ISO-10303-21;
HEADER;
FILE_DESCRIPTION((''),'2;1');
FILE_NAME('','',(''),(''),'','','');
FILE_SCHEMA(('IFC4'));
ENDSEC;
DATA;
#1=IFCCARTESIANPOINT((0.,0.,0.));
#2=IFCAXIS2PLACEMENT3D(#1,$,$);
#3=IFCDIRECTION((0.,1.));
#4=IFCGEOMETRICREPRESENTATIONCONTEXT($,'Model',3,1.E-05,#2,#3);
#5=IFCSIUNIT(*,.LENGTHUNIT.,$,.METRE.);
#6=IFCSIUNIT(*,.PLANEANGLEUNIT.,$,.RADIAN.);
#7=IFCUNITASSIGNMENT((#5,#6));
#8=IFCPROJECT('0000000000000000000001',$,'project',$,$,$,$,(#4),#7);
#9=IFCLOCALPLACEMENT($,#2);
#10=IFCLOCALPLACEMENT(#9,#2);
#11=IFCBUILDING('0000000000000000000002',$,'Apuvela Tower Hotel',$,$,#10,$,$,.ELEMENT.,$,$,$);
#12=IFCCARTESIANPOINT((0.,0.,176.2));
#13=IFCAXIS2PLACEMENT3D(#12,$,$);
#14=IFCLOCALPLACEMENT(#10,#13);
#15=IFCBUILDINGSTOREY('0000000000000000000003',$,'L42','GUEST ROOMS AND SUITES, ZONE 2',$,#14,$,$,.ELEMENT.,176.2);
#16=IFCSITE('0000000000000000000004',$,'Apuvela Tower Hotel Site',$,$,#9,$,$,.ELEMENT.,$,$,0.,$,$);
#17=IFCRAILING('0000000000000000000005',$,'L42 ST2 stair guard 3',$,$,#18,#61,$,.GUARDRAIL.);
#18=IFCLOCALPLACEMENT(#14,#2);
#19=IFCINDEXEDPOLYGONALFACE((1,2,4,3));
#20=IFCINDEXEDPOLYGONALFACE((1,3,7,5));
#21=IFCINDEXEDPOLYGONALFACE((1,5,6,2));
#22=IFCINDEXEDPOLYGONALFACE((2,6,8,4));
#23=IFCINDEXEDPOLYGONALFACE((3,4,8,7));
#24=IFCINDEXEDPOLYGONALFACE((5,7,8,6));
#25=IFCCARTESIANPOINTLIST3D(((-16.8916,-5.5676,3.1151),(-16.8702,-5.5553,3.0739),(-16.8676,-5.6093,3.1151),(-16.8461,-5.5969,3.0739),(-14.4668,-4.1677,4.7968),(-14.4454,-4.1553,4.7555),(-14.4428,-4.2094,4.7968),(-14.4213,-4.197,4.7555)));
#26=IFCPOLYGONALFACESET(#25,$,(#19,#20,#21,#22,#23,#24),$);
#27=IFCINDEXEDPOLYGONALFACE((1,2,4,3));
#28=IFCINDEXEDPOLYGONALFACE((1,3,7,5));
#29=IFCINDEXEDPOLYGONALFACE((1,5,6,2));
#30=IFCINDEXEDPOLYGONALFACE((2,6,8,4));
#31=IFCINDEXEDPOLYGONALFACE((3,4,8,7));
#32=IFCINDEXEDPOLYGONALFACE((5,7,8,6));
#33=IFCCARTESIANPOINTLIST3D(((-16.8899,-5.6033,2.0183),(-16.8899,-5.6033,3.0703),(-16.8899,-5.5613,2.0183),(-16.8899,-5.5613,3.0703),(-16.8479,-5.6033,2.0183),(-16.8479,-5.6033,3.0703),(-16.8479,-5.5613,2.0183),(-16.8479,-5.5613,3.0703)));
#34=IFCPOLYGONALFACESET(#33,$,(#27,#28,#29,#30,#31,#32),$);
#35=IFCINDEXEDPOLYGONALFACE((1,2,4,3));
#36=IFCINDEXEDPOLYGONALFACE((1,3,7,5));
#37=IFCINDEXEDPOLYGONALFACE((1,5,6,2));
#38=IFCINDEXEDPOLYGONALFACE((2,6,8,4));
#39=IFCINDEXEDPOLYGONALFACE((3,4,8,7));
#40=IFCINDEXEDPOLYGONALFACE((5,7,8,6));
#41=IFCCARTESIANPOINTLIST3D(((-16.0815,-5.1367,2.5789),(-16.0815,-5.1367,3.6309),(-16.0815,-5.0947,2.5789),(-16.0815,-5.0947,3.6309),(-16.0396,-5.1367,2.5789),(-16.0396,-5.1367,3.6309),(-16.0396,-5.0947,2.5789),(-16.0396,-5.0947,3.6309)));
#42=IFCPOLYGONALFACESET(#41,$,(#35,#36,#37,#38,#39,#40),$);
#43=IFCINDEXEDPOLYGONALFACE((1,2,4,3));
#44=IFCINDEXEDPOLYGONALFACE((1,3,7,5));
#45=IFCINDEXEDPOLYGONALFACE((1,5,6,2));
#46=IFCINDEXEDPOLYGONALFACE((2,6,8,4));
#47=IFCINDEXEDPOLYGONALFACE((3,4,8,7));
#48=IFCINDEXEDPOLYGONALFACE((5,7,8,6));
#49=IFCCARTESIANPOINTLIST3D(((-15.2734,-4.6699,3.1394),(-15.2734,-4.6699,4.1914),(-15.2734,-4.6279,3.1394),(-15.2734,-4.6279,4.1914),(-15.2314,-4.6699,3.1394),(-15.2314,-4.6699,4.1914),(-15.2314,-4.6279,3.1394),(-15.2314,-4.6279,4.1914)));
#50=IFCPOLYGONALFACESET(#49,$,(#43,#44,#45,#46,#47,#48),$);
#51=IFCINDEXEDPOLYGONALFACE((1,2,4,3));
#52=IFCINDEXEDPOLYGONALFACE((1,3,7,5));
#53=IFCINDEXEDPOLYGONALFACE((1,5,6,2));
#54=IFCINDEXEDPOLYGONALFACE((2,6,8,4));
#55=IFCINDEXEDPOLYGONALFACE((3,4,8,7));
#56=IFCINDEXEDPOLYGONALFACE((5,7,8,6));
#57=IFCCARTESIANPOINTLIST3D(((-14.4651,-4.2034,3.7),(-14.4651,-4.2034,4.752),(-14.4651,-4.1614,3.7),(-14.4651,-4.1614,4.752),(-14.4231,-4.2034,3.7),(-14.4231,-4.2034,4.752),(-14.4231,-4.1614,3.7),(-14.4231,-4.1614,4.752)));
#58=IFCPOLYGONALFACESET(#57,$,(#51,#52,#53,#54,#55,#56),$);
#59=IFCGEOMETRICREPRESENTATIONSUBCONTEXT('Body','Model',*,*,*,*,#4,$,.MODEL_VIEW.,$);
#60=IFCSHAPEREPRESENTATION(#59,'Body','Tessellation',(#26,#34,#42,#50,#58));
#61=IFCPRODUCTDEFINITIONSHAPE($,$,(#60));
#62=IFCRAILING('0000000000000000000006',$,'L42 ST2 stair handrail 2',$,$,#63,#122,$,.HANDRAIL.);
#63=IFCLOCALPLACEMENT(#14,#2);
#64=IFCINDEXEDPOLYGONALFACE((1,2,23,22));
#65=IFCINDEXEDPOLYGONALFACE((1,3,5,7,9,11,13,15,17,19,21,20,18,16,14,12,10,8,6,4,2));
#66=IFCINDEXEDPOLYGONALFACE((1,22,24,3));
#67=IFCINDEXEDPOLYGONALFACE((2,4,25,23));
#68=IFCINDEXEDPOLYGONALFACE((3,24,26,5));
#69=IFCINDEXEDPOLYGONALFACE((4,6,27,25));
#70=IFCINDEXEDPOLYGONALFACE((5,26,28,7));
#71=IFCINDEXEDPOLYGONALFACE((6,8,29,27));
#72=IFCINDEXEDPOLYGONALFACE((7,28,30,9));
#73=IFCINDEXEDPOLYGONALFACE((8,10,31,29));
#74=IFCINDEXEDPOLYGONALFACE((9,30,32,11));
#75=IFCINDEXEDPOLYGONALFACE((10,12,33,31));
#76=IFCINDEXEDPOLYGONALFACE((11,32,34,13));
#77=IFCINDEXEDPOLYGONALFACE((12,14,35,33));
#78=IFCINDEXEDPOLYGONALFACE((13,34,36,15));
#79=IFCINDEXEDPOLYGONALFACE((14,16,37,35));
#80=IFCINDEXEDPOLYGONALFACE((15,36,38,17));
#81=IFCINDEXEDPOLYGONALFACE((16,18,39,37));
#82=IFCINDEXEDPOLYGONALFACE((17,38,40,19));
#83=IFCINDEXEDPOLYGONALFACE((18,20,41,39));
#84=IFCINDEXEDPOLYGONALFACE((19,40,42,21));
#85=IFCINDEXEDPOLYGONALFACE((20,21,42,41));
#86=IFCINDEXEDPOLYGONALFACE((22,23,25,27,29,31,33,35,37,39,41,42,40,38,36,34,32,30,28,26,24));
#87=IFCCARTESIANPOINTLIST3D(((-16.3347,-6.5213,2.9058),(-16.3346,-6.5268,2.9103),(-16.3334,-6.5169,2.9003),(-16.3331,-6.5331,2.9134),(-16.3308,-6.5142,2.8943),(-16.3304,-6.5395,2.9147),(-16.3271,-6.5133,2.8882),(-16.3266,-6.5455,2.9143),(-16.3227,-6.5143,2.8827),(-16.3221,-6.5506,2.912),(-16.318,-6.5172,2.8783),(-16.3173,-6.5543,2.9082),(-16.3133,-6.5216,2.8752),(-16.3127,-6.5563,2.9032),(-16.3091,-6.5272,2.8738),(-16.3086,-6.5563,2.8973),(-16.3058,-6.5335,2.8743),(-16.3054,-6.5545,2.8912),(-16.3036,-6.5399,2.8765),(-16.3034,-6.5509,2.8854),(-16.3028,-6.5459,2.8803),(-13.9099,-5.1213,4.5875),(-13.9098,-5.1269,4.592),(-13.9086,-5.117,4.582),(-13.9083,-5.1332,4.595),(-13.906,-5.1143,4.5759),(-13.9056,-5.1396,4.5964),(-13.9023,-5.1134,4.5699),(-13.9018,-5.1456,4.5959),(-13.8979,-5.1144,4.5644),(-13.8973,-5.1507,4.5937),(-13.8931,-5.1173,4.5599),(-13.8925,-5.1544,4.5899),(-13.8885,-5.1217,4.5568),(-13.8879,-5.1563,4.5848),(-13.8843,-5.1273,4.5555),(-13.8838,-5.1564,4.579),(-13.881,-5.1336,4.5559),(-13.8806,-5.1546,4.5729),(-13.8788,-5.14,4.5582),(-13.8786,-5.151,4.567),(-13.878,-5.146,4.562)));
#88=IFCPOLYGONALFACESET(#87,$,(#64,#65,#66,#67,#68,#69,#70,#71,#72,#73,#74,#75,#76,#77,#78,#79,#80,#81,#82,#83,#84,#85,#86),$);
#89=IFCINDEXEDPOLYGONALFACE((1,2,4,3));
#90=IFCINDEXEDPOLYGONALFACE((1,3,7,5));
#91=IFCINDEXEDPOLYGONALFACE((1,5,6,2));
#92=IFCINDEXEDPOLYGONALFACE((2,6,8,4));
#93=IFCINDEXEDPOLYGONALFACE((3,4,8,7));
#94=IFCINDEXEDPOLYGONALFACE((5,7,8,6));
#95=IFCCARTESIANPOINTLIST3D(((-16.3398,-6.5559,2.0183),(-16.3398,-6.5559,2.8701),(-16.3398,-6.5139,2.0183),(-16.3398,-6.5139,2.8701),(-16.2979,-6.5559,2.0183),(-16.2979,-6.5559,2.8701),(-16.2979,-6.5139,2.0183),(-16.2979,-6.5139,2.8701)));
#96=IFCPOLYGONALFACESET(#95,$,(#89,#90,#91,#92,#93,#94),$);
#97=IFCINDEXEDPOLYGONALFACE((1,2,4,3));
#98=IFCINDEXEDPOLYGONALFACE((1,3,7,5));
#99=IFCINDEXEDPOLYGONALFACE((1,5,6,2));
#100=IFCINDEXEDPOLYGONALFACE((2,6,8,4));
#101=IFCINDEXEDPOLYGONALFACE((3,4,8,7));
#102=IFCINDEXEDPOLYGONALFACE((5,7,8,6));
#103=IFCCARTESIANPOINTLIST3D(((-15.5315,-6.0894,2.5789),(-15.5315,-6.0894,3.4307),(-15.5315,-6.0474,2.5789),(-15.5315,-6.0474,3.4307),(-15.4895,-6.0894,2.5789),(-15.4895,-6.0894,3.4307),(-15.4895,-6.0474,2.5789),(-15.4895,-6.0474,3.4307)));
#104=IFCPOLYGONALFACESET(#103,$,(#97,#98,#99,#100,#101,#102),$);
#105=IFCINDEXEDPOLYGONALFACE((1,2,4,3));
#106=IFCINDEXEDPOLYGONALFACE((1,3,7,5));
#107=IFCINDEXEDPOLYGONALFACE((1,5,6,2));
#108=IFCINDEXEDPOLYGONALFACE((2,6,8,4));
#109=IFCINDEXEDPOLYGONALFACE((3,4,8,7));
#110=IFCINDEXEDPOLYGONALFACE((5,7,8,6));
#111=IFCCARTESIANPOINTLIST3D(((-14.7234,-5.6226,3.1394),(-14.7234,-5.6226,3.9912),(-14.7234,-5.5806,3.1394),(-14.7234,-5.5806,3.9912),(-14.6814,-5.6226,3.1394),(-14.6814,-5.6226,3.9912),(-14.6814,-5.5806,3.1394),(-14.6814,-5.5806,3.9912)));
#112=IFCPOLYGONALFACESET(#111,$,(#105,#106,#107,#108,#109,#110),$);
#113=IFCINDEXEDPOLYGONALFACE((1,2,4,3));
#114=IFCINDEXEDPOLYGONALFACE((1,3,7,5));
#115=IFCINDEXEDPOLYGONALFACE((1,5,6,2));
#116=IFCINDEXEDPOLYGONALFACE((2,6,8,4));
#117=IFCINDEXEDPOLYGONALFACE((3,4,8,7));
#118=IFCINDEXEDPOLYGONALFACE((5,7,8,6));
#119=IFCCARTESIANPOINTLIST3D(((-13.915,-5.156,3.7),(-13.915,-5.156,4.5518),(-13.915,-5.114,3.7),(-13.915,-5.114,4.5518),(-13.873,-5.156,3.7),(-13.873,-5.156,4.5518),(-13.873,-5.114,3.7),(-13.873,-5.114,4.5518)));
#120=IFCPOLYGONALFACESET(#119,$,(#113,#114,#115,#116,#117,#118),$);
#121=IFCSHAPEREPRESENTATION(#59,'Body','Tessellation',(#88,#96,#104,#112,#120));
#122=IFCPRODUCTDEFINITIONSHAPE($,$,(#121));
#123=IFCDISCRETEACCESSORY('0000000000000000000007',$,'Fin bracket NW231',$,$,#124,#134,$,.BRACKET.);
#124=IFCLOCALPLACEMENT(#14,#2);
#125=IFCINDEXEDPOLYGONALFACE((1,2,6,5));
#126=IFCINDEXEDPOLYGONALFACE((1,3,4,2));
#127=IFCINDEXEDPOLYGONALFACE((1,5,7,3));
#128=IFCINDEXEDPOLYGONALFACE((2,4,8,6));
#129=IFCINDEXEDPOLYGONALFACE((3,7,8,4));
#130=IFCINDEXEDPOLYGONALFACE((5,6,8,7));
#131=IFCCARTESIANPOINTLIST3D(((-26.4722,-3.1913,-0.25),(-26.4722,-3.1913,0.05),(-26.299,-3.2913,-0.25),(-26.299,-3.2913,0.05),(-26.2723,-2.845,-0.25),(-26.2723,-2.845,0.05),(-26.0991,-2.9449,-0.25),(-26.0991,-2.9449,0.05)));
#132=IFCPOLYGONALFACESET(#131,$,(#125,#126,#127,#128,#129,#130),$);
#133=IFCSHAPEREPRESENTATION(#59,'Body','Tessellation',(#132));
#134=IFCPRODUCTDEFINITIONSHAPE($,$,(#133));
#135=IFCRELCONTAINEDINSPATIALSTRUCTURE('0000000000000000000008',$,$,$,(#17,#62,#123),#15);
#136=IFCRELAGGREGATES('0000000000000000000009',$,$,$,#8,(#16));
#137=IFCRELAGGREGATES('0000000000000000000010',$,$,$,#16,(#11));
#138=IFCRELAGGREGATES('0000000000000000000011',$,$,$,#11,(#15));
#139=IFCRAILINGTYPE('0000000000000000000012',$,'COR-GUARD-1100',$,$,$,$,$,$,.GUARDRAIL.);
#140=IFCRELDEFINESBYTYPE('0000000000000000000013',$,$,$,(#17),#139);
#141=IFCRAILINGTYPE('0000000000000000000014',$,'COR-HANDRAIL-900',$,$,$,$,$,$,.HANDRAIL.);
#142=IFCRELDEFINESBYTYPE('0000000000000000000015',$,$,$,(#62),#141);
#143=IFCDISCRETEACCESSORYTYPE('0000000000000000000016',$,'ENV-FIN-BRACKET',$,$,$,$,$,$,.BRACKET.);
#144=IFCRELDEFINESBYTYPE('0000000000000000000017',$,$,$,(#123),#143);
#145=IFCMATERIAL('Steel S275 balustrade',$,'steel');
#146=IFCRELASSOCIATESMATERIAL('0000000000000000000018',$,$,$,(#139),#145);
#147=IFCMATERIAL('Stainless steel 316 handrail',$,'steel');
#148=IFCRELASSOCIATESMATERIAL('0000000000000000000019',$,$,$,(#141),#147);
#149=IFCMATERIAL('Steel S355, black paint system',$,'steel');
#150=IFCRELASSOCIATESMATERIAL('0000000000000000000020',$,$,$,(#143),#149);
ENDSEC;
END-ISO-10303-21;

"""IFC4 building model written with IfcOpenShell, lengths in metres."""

from ifc_helpers import new_model, si_unit, direction, frame, origin, origin_2d, place, context, subcontext, project, spatial, rectangle, circle, extrude, material, type_object, element, save


model = new_model("IFC4")

# Units and contexts
model_context = context("Model", 3, precision=1e-05, world=origin(), true_north=direction((0.0, 1.0)))
body_context = subcontext(model_context, "Body", "Model", "MODEL_VIEW")
ifc_project = project(units=[si_unit("LENGTHUNIT", "METRE"), si_unit("PLANEANGLEUNIT", "RADIAN")], contexts=[model_context])

# Site, building, storey
site_placement = place(None, origin())
site = spatial("IfcSite", under=ifc_project, at=site_placement, Name="Apuvela Tower Hotel Site", CompositionType="ELEMENT", RefElevation=0.0)
building_placement = place(site_placement, origin())
building = spatial("IfcBuilding", under=site, at=building_placement, Name="Apuvela Tower Hotel", CompositionType="ELEMENT")
storey_placement = place(building_placement, frame((0.0, 0.0, 176.2)))
storey = spatial("IfcBuildingStorey", under=building, at=storey_placement, Name="L42", Description="GUEST ROOMS AND SUITES, ZONE 2", CompositionType="ELEMENT", Elevation=176.2)

# Railings
ifc_material_1 = material(Name="Steel S275 balustrade", Category="steel")
railing_type_1 = type_object("IfcRailingType", Name="COR-GUARD-1100", PredefinedType="GUARDRAIL", material=ifc_material_1)
railing_1_placement = place(storey_placement, frame((-16.8689, -5.5823, 2.0183)))
element("IfcRailing", 1, at=railing_1_placement, inside=storey, type_object=railing_type_1, Name="L42 ST2 stair guard 3", PredefinedType="GUARDRAIL", context=body_context, shape_type="SweptSolid", body=[
    extrude(rectangle(XDim=0.0481, YDim=0.0481, at=origin_2d()), frame((0.0, 0.0, 1.0762), z_axis=(0.742419, 0.428618, 0.514879), x_axis=(-0.499984, 0.866035, 0.0)), (0.0, 0.0, 1.0), 3.2661),
    extrude(rectangle(XDim=0.042, YDim=0.042, at=origin_2d()), origin(), (0.0, 0.0, 1.0), 1.052),
    extrude(rectangle(XDim=0.042, YDim=0.042, at=origin_2d()), frame((0.8083, 0.4666, 0.5605)), (0.0, 0.0, 1.0), 1.052),
    extrude(rectangle(XDim=0.042, YDim=0.042, at=origin_2d()), frame((1.6165, 0.9333, 1.1211)), (0.0, 0.0, 1.0), 1.052),
    extrude(rectangle(XDim=0.042, YDim=0.042, at=origin_2d()), frame((2.4248, 1.3999, 1.6816)), (0.0, 0.0, 1.0), 1.052),
])
ifc_material_2 = material(Name="Stainless steel 316 handrail", Category="steel")
railing_type_2 = type_object("IfcRailingType", Name="COR-HANDRAIL-900", PredefinedType="HANDRAIL", material=ifc_material_2)
railing_2_placement = place(storey_placement, frame((-16.3188, -6.5349, 2.0183)))
element("IfcRailing", 2, at=railing_2_placement, inside=storey, type_object=railing_type_2, Name="L42 ST2 stair handrail 2", PredefinedType="HANDRAIL", context=body_context, shape_type="SweptSolid", body=[
    extrude(circle(Radius=0.0239, at=origin_2d()), frame((0.0, 0.0, 0.876), z_axis=(0.742419, 0.428618, 0.514879), x_axis=(-0.499984, 0.866035, 0.0)), (0.0, 0.0, 1.0), 3.2661),
    extrude(rectangle(XDim=0.042, YDim=0.042, at=origin_2d()), origin(), (0.0, 0.0, 1.0), 0.8518),
    extrude(rectangle(XDim=0.042, YDim=0.042, at=origin_2d()), frame((0.8083, 0.4666, 0.5605)), (0.0, 0.0, 1.0), 0.8518),
    extrude(rectangle(XDim=0.042, YDim=0.042, at=origin_2d()), frame((1.6165, 0.9333, 1.1211)), (0.0, 0.0, 1.0), 0.8518),
    extrude(rectangle(XDim=0.042, YDim=0.042, at=origin_2d()), frame((2.4248, 1.3999, 1.6816)), (0.0, 0.0, 1.0), 0.8518),
])

# Discrete accessory
ifc_material_3 = material(Name="Steel S355, black paint system", Category="steel")
discrete_accessory_type = type_object("IfcDiscreteAccessoryType", Name="ENV-FIN-BRACKET", PredefinedType="BRACKET", material=ifc_material_3)
discrete_accessory_placement = place(storey_placement, frame((-26.2856, -3.0681, -0.25), z_axis=(0.0, 0.0, 1.0), x_axis=(-0.5, -0.866025, 0.0)))
element("IfcDiscreteAccessory", 3, at=discrete_accessory_placement, inside=storey, type_object=discrete_accessory_type, Name="Fin bracket NW231", PredefinedType="BRACKET", context=body_context, shape_type="SweptSolid", body=[
    extrude(rectangle(XDim=0.3999, YDim=0.2, at=origin_2d()), origin(), (0.0, 0.0, 1.0), 0.3),
])

save(model, "model.ifc")
